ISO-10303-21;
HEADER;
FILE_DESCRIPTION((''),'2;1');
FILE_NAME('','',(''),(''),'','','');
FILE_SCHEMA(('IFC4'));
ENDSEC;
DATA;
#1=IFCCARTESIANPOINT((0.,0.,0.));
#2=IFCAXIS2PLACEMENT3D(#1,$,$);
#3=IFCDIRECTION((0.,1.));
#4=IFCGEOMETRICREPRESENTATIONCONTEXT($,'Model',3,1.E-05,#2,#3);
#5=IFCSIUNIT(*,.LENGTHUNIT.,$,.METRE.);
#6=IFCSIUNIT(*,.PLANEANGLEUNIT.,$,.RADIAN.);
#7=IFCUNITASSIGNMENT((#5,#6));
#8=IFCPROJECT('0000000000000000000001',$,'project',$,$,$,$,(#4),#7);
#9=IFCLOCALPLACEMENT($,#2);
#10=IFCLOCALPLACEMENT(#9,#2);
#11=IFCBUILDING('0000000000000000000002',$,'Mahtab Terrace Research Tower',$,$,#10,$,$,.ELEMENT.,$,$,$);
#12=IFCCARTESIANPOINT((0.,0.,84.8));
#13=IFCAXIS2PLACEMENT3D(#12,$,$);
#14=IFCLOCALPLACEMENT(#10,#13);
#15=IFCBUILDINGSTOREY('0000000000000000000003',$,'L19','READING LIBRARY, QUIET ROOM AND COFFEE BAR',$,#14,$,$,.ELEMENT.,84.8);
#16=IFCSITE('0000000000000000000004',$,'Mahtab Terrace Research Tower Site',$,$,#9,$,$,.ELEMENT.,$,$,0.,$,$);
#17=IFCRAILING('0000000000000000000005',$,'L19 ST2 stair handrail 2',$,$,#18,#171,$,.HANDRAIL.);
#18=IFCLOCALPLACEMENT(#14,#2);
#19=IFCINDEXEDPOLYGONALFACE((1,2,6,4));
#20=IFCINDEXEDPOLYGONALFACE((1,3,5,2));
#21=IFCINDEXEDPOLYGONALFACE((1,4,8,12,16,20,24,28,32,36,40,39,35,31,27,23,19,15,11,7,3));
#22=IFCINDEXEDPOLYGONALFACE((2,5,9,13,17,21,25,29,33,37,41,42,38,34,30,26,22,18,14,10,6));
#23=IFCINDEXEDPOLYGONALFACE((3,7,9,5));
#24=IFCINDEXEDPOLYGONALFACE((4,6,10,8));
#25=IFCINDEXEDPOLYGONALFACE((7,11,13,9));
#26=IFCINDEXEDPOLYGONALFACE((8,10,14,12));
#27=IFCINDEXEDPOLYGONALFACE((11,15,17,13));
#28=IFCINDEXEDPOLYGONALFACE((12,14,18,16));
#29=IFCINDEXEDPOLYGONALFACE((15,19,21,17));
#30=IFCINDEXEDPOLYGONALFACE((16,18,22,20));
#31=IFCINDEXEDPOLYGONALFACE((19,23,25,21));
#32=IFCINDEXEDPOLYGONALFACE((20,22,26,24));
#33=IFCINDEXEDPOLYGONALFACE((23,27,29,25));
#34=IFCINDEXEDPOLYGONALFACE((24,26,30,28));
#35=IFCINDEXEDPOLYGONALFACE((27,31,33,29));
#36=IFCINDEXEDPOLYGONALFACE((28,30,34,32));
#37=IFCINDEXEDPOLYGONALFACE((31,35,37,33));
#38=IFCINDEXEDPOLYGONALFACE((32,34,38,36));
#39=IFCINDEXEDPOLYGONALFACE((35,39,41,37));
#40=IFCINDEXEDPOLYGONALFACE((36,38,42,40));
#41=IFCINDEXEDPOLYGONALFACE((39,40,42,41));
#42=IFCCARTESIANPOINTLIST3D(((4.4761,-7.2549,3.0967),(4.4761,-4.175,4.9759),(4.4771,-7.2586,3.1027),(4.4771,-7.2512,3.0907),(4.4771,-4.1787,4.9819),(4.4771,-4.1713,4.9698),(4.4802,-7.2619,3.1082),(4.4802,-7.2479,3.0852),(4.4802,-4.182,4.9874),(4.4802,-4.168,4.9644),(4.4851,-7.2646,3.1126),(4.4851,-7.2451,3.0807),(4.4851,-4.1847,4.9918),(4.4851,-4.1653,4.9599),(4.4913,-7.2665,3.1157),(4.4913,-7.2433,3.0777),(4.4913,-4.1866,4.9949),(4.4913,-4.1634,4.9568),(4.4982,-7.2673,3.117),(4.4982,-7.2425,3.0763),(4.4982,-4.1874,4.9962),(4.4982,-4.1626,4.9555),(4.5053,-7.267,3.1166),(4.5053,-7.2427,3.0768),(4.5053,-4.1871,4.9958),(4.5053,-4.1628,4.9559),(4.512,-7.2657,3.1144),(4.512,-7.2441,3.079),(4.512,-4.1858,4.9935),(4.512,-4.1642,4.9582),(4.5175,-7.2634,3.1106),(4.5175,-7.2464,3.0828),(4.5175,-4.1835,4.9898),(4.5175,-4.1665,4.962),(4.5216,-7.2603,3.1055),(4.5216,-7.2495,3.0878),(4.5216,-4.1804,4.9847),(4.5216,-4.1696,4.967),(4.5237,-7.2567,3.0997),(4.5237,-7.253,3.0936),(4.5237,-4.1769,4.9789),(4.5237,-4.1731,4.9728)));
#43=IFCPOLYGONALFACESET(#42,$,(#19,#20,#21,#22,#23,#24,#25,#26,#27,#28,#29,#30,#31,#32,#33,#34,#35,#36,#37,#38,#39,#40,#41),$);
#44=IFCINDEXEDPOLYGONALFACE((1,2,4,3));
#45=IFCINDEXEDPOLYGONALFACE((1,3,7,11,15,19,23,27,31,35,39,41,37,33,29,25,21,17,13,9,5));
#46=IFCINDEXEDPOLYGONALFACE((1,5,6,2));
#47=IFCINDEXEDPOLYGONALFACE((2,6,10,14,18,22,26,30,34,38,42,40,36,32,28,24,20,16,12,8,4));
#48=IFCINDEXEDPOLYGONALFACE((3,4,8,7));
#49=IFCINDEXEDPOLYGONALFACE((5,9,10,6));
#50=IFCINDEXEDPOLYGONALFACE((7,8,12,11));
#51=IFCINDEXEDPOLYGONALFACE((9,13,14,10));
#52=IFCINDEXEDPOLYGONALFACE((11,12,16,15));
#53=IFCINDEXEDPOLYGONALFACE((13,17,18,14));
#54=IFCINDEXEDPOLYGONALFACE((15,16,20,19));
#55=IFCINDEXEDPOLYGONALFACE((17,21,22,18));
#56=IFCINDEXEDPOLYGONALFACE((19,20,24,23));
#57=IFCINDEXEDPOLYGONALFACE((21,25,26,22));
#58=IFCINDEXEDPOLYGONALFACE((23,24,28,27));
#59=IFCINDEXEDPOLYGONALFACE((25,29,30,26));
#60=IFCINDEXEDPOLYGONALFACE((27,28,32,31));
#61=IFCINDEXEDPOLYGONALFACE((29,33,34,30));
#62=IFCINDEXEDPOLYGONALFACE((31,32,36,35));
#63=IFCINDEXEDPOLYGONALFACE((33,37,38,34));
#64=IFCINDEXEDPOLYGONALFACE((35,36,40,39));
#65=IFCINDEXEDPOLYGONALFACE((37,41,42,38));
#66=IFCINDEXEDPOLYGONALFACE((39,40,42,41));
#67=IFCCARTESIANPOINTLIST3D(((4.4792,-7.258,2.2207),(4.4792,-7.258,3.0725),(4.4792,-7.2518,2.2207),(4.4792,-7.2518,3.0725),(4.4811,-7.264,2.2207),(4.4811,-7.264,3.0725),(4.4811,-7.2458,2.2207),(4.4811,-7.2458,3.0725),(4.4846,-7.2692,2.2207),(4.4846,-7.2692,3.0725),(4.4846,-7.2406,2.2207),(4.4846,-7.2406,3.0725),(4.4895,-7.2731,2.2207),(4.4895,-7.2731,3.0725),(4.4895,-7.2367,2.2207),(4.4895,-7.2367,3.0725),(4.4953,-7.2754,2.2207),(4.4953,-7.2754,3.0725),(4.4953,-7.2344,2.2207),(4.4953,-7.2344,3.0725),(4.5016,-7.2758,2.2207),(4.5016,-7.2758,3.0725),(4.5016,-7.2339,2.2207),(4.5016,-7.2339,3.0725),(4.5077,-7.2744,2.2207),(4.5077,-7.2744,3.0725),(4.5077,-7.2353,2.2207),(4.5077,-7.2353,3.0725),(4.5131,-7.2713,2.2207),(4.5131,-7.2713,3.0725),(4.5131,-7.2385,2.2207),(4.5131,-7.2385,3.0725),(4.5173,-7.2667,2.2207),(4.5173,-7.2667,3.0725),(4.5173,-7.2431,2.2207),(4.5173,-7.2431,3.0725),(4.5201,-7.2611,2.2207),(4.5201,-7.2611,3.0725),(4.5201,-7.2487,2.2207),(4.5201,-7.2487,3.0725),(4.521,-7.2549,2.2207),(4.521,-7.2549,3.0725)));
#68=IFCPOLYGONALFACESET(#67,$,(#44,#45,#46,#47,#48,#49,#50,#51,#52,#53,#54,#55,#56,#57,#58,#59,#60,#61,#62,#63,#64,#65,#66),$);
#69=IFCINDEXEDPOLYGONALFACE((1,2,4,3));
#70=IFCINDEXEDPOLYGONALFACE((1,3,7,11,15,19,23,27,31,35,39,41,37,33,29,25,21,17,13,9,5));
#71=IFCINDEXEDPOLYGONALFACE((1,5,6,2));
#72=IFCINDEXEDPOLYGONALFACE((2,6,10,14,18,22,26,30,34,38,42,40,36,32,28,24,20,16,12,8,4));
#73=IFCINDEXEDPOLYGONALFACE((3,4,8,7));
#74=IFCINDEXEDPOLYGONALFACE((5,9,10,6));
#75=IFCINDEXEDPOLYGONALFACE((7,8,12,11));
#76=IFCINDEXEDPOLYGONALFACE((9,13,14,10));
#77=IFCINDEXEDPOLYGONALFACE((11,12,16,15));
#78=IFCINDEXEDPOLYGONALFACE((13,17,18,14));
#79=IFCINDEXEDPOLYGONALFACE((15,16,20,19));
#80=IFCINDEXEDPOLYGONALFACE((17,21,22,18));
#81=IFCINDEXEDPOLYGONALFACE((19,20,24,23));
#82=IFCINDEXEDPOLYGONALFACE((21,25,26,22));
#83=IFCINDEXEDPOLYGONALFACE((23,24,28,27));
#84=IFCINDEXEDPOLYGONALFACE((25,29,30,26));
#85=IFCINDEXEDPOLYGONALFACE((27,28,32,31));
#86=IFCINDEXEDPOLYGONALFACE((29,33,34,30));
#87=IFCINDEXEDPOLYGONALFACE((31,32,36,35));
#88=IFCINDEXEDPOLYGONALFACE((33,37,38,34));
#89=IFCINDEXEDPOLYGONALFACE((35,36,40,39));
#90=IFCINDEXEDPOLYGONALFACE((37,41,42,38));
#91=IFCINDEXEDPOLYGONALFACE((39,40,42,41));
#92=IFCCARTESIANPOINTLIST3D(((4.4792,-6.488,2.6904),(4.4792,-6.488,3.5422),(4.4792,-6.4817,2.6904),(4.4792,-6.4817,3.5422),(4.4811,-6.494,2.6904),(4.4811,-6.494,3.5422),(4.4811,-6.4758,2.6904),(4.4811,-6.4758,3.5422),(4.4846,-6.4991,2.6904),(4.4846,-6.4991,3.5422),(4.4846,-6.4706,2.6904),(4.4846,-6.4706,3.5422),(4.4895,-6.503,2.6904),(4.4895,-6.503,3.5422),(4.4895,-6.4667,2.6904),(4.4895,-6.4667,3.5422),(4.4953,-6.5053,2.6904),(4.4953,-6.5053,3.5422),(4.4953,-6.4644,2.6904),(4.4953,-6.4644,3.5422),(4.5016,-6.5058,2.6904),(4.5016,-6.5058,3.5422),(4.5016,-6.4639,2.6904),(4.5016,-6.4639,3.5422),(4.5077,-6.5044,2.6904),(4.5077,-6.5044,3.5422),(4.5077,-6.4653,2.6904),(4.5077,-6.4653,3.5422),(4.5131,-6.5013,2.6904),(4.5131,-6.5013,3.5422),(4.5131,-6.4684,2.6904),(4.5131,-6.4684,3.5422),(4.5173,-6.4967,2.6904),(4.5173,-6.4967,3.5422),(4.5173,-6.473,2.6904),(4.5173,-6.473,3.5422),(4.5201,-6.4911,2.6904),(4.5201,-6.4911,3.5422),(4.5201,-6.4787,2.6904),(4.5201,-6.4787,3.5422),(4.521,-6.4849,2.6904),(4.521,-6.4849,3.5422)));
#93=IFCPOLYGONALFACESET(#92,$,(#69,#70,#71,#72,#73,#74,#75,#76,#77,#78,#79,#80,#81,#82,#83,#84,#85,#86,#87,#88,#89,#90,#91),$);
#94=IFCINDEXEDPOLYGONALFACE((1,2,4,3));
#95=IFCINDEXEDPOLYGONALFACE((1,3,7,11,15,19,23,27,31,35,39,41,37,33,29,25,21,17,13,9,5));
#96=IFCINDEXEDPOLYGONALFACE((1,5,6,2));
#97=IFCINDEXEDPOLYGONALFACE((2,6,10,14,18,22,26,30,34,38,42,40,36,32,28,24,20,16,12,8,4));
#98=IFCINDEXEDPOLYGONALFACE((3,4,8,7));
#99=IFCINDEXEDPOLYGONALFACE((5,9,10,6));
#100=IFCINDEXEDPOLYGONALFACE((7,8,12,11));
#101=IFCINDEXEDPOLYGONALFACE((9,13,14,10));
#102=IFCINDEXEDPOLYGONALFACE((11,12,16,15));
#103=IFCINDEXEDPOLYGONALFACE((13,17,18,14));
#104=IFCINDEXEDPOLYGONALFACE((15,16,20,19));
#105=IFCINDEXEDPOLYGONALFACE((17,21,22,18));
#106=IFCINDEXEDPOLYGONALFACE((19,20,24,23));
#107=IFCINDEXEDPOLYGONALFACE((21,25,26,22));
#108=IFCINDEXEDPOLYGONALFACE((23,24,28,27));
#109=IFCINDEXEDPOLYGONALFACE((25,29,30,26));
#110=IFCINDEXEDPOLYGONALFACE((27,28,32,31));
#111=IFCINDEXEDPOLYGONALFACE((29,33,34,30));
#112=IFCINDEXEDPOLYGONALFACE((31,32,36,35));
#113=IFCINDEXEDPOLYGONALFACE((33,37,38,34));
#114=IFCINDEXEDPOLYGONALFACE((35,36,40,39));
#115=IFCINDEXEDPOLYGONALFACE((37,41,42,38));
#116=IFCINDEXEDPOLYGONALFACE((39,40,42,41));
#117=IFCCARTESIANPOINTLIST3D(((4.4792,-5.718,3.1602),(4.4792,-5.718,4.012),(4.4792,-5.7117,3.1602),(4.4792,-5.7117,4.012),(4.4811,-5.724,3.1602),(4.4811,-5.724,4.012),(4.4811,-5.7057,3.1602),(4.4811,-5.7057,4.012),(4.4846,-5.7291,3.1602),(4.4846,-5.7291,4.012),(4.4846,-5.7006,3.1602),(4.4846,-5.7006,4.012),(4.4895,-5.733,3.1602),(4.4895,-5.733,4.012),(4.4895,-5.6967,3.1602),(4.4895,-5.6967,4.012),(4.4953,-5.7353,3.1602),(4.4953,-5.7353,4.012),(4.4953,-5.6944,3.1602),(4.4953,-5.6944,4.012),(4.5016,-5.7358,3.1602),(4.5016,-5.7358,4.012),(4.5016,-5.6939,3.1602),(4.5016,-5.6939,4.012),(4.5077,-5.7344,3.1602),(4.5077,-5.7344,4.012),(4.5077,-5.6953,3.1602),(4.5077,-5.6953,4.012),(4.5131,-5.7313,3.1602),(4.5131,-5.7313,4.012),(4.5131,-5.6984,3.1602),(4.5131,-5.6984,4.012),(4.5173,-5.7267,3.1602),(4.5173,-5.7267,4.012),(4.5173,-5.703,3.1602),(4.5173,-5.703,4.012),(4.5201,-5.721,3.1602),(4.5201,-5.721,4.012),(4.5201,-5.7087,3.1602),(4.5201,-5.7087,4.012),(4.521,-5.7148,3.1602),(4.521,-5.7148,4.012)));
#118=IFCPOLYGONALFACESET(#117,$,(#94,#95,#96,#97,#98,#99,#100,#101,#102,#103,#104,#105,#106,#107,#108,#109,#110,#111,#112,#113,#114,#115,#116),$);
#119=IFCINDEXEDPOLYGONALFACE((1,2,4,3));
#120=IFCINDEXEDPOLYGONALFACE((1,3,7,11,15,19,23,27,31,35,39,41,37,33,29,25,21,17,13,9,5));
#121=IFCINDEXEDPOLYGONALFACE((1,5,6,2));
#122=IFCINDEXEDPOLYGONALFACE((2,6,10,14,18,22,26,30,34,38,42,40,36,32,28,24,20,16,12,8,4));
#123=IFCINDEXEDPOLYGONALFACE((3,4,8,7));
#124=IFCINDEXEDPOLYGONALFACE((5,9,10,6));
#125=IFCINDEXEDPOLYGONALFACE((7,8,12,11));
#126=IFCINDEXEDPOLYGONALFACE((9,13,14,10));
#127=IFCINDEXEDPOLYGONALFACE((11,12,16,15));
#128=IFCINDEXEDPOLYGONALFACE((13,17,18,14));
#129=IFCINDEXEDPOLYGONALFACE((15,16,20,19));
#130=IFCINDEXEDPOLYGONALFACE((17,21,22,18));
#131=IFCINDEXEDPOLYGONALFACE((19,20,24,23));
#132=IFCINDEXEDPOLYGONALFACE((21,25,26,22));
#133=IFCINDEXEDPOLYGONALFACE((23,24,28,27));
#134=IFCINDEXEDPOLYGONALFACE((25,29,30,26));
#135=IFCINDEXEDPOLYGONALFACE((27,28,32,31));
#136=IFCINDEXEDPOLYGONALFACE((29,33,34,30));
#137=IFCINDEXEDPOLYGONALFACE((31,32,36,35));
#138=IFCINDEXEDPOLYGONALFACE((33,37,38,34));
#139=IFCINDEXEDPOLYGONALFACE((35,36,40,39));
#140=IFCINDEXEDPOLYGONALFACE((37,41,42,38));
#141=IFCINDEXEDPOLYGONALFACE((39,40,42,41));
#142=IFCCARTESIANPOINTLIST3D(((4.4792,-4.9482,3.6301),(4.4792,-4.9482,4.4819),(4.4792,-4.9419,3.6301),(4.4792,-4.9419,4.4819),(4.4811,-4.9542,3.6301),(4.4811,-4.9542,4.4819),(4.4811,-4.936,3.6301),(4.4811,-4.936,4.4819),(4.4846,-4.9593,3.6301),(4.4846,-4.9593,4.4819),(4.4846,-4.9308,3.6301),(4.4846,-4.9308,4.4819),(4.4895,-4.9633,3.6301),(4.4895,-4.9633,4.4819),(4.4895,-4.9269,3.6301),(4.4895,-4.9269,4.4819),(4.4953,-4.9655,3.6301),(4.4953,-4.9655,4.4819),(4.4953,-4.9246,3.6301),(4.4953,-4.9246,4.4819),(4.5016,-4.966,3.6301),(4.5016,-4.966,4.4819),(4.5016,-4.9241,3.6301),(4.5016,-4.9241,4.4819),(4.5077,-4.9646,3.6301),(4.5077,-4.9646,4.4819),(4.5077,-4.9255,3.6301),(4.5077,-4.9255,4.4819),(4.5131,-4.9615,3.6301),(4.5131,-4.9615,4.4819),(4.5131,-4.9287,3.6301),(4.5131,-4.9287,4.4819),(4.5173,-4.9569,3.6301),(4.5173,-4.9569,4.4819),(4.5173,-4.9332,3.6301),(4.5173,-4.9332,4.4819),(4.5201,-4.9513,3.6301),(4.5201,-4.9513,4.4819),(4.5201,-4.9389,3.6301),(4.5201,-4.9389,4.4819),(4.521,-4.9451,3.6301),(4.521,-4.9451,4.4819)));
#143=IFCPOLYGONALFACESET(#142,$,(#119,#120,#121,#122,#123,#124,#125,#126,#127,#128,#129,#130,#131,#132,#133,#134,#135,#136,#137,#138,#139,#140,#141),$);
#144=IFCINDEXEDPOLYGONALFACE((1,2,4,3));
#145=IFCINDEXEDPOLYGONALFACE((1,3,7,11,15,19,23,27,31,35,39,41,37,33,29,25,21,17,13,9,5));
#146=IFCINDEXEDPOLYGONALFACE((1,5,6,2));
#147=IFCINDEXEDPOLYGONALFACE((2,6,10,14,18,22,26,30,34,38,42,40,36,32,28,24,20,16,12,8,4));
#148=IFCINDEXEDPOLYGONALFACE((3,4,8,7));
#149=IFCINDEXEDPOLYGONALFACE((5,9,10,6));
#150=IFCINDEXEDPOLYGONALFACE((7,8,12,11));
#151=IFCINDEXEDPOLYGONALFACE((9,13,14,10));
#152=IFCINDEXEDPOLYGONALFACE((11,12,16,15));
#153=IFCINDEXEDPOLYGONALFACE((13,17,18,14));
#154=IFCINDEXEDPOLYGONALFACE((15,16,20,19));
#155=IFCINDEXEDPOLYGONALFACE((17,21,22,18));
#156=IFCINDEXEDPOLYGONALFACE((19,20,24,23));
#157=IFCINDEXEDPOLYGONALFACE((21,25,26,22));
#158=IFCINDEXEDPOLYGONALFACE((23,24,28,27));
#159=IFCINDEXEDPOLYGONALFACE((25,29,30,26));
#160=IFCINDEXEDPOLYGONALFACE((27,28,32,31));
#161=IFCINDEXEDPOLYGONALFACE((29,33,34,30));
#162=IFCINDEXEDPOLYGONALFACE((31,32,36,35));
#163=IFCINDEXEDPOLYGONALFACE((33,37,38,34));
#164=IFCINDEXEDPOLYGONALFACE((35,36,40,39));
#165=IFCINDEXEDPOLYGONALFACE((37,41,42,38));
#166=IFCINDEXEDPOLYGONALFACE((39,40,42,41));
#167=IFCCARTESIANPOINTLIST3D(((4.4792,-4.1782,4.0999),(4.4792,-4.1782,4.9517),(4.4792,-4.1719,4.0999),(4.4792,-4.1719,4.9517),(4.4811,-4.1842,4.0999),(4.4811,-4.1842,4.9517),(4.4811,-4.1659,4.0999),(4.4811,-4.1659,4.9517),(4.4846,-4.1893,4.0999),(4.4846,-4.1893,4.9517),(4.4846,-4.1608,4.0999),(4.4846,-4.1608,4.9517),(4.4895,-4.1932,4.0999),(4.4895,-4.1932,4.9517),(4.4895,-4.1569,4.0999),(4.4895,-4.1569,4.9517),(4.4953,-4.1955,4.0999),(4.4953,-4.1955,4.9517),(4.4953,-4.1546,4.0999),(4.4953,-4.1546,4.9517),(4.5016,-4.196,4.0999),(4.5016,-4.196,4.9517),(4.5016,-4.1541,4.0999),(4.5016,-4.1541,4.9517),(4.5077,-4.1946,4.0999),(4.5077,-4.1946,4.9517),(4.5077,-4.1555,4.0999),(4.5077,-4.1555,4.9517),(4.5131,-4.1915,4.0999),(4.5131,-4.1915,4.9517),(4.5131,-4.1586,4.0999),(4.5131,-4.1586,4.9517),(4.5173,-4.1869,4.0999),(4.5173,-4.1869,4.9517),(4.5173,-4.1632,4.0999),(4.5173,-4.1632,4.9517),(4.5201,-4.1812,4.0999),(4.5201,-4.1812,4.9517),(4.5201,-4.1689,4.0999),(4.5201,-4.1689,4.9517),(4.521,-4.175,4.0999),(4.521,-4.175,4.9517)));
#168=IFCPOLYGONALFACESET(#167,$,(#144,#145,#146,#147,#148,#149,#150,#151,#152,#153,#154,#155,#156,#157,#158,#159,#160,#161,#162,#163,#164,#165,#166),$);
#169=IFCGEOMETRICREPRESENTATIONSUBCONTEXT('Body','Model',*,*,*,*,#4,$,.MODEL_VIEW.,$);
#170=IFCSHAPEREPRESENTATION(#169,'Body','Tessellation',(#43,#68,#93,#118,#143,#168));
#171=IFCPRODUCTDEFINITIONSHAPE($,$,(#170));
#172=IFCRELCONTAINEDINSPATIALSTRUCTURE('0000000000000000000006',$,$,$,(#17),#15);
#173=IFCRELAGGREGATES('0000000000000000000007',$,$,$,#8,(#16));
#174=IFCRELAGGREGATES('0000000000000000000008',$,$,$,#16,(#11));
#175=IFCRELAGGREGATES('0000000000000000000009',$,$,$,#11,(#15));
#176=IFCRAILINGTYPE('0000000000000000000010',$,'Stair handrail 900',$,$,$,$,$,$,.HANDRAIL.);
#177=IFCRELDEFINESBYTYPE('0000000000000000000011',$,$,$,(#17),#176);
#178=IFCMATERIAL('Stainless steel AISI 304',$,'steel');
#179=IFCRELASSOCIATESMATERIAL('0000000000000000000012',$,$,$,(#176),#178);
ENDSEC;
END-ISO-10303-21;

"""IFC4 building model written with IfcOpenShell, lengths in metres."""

from ifc_helpers import new_model, si_unit, direction, frame, origin, origin_2d, place, context, subcontext, project, spatial, circle, extrude, material, type_object, element, save


model = new_model("IFC4")

# Units and contexts
model_context = context("Model", 3, precision=1e-05, world=origin(), true_north=direction((0.0, 1.0)))
body_context = subcontext(model_context, "Body", "Model", "MODEL_VIEW")
ifc_project = project(units=[si_unit("LENGTHUNIT", "METRE"), si_unit("PLANEANGLEUNIT", "RADIAN")], contexts=[model_context])

# Site, building, storey
site_placement = place(None, origin())
site = spatial("IfcSite", under=ifc_project, at=site_placement, Name="Mahtab Terrace Research Tower Site", CompositionType="ELEMENT", RefElevation=0.0)
building_placement = place(site_placement, origin())
building = spatial("IfcBuilding", under=site, at=building_placement, Name="Mahtab Terrace Research Tower", CompositionType="ELEMENT")
storey_placement = place(building_placement, frame((0.0, 0.0, 84.8)))
storey = spatial("IfcBuildingStorey", under=building, at=storey_placement, Name="L19", Description="READING LIBRARY, QUIET ROOM AND COFFEE BAR", CompositionType="ELEMENT", Elevation=84.8)

# Railing
ifc_material_1 = material(Name="Stainless steel AISI 304", Category="steel")
railing_type_1 = type_object("IfcRailingType", Name="Stair handrail 900", PredefinedType="HANDRAIL", material=ifc_material_1)
railing_1_placement = place(storey_placement, frame((4.5, -7.2549, 2.2207)))
element("IfcRailing", 1, at=railing_1_placement, inside=storey, type_object=railing_type_1, Name="L19 ST2 stair handrail 2", PredefinedType="HANDRAIL", context=body_context, shape_type="SweptSolid", body=[
    extrude(circle(Radius=0.0239, at=origin_2d()), frame((0.0, 0.0, 0.876), z_axis=(0.0, 0.853648, 0.52085), x_axis=(-1.0, 0.0, 0.0)), (0.0, 0.0, 1.0), 3.6079),
    extrude(circle(Radius=0.021, at=origin_2d()), origin(), (0.0, 0.0, 1.0), 0.8518),
    extrude(circle(Radius=0.021, at=origin_2d()), frame((0.0, 0.77, 0.4697)), (0.0, 0.0, 1.0), 0.8518),
    extrude(circle(Radius=0.021, at=origin_2d()), frame((0.0, 1.54, 0.9395)), (0.0, 0.0, 1.0), 0.8518),
    extrude(circle(Radius=0.021, at=origin_2d()), frame((0.0, 2.3098, 1.4094)), (0.0, 0.0, 1.0), 0.8518),
    extrude(circle(Radius=0.021, at=origin_2d()), frame((0.0, 3.0798, 1.8792)), (0.0, 0.0, 1.0), 0.8518),
])

save(model, "model.ifc")
